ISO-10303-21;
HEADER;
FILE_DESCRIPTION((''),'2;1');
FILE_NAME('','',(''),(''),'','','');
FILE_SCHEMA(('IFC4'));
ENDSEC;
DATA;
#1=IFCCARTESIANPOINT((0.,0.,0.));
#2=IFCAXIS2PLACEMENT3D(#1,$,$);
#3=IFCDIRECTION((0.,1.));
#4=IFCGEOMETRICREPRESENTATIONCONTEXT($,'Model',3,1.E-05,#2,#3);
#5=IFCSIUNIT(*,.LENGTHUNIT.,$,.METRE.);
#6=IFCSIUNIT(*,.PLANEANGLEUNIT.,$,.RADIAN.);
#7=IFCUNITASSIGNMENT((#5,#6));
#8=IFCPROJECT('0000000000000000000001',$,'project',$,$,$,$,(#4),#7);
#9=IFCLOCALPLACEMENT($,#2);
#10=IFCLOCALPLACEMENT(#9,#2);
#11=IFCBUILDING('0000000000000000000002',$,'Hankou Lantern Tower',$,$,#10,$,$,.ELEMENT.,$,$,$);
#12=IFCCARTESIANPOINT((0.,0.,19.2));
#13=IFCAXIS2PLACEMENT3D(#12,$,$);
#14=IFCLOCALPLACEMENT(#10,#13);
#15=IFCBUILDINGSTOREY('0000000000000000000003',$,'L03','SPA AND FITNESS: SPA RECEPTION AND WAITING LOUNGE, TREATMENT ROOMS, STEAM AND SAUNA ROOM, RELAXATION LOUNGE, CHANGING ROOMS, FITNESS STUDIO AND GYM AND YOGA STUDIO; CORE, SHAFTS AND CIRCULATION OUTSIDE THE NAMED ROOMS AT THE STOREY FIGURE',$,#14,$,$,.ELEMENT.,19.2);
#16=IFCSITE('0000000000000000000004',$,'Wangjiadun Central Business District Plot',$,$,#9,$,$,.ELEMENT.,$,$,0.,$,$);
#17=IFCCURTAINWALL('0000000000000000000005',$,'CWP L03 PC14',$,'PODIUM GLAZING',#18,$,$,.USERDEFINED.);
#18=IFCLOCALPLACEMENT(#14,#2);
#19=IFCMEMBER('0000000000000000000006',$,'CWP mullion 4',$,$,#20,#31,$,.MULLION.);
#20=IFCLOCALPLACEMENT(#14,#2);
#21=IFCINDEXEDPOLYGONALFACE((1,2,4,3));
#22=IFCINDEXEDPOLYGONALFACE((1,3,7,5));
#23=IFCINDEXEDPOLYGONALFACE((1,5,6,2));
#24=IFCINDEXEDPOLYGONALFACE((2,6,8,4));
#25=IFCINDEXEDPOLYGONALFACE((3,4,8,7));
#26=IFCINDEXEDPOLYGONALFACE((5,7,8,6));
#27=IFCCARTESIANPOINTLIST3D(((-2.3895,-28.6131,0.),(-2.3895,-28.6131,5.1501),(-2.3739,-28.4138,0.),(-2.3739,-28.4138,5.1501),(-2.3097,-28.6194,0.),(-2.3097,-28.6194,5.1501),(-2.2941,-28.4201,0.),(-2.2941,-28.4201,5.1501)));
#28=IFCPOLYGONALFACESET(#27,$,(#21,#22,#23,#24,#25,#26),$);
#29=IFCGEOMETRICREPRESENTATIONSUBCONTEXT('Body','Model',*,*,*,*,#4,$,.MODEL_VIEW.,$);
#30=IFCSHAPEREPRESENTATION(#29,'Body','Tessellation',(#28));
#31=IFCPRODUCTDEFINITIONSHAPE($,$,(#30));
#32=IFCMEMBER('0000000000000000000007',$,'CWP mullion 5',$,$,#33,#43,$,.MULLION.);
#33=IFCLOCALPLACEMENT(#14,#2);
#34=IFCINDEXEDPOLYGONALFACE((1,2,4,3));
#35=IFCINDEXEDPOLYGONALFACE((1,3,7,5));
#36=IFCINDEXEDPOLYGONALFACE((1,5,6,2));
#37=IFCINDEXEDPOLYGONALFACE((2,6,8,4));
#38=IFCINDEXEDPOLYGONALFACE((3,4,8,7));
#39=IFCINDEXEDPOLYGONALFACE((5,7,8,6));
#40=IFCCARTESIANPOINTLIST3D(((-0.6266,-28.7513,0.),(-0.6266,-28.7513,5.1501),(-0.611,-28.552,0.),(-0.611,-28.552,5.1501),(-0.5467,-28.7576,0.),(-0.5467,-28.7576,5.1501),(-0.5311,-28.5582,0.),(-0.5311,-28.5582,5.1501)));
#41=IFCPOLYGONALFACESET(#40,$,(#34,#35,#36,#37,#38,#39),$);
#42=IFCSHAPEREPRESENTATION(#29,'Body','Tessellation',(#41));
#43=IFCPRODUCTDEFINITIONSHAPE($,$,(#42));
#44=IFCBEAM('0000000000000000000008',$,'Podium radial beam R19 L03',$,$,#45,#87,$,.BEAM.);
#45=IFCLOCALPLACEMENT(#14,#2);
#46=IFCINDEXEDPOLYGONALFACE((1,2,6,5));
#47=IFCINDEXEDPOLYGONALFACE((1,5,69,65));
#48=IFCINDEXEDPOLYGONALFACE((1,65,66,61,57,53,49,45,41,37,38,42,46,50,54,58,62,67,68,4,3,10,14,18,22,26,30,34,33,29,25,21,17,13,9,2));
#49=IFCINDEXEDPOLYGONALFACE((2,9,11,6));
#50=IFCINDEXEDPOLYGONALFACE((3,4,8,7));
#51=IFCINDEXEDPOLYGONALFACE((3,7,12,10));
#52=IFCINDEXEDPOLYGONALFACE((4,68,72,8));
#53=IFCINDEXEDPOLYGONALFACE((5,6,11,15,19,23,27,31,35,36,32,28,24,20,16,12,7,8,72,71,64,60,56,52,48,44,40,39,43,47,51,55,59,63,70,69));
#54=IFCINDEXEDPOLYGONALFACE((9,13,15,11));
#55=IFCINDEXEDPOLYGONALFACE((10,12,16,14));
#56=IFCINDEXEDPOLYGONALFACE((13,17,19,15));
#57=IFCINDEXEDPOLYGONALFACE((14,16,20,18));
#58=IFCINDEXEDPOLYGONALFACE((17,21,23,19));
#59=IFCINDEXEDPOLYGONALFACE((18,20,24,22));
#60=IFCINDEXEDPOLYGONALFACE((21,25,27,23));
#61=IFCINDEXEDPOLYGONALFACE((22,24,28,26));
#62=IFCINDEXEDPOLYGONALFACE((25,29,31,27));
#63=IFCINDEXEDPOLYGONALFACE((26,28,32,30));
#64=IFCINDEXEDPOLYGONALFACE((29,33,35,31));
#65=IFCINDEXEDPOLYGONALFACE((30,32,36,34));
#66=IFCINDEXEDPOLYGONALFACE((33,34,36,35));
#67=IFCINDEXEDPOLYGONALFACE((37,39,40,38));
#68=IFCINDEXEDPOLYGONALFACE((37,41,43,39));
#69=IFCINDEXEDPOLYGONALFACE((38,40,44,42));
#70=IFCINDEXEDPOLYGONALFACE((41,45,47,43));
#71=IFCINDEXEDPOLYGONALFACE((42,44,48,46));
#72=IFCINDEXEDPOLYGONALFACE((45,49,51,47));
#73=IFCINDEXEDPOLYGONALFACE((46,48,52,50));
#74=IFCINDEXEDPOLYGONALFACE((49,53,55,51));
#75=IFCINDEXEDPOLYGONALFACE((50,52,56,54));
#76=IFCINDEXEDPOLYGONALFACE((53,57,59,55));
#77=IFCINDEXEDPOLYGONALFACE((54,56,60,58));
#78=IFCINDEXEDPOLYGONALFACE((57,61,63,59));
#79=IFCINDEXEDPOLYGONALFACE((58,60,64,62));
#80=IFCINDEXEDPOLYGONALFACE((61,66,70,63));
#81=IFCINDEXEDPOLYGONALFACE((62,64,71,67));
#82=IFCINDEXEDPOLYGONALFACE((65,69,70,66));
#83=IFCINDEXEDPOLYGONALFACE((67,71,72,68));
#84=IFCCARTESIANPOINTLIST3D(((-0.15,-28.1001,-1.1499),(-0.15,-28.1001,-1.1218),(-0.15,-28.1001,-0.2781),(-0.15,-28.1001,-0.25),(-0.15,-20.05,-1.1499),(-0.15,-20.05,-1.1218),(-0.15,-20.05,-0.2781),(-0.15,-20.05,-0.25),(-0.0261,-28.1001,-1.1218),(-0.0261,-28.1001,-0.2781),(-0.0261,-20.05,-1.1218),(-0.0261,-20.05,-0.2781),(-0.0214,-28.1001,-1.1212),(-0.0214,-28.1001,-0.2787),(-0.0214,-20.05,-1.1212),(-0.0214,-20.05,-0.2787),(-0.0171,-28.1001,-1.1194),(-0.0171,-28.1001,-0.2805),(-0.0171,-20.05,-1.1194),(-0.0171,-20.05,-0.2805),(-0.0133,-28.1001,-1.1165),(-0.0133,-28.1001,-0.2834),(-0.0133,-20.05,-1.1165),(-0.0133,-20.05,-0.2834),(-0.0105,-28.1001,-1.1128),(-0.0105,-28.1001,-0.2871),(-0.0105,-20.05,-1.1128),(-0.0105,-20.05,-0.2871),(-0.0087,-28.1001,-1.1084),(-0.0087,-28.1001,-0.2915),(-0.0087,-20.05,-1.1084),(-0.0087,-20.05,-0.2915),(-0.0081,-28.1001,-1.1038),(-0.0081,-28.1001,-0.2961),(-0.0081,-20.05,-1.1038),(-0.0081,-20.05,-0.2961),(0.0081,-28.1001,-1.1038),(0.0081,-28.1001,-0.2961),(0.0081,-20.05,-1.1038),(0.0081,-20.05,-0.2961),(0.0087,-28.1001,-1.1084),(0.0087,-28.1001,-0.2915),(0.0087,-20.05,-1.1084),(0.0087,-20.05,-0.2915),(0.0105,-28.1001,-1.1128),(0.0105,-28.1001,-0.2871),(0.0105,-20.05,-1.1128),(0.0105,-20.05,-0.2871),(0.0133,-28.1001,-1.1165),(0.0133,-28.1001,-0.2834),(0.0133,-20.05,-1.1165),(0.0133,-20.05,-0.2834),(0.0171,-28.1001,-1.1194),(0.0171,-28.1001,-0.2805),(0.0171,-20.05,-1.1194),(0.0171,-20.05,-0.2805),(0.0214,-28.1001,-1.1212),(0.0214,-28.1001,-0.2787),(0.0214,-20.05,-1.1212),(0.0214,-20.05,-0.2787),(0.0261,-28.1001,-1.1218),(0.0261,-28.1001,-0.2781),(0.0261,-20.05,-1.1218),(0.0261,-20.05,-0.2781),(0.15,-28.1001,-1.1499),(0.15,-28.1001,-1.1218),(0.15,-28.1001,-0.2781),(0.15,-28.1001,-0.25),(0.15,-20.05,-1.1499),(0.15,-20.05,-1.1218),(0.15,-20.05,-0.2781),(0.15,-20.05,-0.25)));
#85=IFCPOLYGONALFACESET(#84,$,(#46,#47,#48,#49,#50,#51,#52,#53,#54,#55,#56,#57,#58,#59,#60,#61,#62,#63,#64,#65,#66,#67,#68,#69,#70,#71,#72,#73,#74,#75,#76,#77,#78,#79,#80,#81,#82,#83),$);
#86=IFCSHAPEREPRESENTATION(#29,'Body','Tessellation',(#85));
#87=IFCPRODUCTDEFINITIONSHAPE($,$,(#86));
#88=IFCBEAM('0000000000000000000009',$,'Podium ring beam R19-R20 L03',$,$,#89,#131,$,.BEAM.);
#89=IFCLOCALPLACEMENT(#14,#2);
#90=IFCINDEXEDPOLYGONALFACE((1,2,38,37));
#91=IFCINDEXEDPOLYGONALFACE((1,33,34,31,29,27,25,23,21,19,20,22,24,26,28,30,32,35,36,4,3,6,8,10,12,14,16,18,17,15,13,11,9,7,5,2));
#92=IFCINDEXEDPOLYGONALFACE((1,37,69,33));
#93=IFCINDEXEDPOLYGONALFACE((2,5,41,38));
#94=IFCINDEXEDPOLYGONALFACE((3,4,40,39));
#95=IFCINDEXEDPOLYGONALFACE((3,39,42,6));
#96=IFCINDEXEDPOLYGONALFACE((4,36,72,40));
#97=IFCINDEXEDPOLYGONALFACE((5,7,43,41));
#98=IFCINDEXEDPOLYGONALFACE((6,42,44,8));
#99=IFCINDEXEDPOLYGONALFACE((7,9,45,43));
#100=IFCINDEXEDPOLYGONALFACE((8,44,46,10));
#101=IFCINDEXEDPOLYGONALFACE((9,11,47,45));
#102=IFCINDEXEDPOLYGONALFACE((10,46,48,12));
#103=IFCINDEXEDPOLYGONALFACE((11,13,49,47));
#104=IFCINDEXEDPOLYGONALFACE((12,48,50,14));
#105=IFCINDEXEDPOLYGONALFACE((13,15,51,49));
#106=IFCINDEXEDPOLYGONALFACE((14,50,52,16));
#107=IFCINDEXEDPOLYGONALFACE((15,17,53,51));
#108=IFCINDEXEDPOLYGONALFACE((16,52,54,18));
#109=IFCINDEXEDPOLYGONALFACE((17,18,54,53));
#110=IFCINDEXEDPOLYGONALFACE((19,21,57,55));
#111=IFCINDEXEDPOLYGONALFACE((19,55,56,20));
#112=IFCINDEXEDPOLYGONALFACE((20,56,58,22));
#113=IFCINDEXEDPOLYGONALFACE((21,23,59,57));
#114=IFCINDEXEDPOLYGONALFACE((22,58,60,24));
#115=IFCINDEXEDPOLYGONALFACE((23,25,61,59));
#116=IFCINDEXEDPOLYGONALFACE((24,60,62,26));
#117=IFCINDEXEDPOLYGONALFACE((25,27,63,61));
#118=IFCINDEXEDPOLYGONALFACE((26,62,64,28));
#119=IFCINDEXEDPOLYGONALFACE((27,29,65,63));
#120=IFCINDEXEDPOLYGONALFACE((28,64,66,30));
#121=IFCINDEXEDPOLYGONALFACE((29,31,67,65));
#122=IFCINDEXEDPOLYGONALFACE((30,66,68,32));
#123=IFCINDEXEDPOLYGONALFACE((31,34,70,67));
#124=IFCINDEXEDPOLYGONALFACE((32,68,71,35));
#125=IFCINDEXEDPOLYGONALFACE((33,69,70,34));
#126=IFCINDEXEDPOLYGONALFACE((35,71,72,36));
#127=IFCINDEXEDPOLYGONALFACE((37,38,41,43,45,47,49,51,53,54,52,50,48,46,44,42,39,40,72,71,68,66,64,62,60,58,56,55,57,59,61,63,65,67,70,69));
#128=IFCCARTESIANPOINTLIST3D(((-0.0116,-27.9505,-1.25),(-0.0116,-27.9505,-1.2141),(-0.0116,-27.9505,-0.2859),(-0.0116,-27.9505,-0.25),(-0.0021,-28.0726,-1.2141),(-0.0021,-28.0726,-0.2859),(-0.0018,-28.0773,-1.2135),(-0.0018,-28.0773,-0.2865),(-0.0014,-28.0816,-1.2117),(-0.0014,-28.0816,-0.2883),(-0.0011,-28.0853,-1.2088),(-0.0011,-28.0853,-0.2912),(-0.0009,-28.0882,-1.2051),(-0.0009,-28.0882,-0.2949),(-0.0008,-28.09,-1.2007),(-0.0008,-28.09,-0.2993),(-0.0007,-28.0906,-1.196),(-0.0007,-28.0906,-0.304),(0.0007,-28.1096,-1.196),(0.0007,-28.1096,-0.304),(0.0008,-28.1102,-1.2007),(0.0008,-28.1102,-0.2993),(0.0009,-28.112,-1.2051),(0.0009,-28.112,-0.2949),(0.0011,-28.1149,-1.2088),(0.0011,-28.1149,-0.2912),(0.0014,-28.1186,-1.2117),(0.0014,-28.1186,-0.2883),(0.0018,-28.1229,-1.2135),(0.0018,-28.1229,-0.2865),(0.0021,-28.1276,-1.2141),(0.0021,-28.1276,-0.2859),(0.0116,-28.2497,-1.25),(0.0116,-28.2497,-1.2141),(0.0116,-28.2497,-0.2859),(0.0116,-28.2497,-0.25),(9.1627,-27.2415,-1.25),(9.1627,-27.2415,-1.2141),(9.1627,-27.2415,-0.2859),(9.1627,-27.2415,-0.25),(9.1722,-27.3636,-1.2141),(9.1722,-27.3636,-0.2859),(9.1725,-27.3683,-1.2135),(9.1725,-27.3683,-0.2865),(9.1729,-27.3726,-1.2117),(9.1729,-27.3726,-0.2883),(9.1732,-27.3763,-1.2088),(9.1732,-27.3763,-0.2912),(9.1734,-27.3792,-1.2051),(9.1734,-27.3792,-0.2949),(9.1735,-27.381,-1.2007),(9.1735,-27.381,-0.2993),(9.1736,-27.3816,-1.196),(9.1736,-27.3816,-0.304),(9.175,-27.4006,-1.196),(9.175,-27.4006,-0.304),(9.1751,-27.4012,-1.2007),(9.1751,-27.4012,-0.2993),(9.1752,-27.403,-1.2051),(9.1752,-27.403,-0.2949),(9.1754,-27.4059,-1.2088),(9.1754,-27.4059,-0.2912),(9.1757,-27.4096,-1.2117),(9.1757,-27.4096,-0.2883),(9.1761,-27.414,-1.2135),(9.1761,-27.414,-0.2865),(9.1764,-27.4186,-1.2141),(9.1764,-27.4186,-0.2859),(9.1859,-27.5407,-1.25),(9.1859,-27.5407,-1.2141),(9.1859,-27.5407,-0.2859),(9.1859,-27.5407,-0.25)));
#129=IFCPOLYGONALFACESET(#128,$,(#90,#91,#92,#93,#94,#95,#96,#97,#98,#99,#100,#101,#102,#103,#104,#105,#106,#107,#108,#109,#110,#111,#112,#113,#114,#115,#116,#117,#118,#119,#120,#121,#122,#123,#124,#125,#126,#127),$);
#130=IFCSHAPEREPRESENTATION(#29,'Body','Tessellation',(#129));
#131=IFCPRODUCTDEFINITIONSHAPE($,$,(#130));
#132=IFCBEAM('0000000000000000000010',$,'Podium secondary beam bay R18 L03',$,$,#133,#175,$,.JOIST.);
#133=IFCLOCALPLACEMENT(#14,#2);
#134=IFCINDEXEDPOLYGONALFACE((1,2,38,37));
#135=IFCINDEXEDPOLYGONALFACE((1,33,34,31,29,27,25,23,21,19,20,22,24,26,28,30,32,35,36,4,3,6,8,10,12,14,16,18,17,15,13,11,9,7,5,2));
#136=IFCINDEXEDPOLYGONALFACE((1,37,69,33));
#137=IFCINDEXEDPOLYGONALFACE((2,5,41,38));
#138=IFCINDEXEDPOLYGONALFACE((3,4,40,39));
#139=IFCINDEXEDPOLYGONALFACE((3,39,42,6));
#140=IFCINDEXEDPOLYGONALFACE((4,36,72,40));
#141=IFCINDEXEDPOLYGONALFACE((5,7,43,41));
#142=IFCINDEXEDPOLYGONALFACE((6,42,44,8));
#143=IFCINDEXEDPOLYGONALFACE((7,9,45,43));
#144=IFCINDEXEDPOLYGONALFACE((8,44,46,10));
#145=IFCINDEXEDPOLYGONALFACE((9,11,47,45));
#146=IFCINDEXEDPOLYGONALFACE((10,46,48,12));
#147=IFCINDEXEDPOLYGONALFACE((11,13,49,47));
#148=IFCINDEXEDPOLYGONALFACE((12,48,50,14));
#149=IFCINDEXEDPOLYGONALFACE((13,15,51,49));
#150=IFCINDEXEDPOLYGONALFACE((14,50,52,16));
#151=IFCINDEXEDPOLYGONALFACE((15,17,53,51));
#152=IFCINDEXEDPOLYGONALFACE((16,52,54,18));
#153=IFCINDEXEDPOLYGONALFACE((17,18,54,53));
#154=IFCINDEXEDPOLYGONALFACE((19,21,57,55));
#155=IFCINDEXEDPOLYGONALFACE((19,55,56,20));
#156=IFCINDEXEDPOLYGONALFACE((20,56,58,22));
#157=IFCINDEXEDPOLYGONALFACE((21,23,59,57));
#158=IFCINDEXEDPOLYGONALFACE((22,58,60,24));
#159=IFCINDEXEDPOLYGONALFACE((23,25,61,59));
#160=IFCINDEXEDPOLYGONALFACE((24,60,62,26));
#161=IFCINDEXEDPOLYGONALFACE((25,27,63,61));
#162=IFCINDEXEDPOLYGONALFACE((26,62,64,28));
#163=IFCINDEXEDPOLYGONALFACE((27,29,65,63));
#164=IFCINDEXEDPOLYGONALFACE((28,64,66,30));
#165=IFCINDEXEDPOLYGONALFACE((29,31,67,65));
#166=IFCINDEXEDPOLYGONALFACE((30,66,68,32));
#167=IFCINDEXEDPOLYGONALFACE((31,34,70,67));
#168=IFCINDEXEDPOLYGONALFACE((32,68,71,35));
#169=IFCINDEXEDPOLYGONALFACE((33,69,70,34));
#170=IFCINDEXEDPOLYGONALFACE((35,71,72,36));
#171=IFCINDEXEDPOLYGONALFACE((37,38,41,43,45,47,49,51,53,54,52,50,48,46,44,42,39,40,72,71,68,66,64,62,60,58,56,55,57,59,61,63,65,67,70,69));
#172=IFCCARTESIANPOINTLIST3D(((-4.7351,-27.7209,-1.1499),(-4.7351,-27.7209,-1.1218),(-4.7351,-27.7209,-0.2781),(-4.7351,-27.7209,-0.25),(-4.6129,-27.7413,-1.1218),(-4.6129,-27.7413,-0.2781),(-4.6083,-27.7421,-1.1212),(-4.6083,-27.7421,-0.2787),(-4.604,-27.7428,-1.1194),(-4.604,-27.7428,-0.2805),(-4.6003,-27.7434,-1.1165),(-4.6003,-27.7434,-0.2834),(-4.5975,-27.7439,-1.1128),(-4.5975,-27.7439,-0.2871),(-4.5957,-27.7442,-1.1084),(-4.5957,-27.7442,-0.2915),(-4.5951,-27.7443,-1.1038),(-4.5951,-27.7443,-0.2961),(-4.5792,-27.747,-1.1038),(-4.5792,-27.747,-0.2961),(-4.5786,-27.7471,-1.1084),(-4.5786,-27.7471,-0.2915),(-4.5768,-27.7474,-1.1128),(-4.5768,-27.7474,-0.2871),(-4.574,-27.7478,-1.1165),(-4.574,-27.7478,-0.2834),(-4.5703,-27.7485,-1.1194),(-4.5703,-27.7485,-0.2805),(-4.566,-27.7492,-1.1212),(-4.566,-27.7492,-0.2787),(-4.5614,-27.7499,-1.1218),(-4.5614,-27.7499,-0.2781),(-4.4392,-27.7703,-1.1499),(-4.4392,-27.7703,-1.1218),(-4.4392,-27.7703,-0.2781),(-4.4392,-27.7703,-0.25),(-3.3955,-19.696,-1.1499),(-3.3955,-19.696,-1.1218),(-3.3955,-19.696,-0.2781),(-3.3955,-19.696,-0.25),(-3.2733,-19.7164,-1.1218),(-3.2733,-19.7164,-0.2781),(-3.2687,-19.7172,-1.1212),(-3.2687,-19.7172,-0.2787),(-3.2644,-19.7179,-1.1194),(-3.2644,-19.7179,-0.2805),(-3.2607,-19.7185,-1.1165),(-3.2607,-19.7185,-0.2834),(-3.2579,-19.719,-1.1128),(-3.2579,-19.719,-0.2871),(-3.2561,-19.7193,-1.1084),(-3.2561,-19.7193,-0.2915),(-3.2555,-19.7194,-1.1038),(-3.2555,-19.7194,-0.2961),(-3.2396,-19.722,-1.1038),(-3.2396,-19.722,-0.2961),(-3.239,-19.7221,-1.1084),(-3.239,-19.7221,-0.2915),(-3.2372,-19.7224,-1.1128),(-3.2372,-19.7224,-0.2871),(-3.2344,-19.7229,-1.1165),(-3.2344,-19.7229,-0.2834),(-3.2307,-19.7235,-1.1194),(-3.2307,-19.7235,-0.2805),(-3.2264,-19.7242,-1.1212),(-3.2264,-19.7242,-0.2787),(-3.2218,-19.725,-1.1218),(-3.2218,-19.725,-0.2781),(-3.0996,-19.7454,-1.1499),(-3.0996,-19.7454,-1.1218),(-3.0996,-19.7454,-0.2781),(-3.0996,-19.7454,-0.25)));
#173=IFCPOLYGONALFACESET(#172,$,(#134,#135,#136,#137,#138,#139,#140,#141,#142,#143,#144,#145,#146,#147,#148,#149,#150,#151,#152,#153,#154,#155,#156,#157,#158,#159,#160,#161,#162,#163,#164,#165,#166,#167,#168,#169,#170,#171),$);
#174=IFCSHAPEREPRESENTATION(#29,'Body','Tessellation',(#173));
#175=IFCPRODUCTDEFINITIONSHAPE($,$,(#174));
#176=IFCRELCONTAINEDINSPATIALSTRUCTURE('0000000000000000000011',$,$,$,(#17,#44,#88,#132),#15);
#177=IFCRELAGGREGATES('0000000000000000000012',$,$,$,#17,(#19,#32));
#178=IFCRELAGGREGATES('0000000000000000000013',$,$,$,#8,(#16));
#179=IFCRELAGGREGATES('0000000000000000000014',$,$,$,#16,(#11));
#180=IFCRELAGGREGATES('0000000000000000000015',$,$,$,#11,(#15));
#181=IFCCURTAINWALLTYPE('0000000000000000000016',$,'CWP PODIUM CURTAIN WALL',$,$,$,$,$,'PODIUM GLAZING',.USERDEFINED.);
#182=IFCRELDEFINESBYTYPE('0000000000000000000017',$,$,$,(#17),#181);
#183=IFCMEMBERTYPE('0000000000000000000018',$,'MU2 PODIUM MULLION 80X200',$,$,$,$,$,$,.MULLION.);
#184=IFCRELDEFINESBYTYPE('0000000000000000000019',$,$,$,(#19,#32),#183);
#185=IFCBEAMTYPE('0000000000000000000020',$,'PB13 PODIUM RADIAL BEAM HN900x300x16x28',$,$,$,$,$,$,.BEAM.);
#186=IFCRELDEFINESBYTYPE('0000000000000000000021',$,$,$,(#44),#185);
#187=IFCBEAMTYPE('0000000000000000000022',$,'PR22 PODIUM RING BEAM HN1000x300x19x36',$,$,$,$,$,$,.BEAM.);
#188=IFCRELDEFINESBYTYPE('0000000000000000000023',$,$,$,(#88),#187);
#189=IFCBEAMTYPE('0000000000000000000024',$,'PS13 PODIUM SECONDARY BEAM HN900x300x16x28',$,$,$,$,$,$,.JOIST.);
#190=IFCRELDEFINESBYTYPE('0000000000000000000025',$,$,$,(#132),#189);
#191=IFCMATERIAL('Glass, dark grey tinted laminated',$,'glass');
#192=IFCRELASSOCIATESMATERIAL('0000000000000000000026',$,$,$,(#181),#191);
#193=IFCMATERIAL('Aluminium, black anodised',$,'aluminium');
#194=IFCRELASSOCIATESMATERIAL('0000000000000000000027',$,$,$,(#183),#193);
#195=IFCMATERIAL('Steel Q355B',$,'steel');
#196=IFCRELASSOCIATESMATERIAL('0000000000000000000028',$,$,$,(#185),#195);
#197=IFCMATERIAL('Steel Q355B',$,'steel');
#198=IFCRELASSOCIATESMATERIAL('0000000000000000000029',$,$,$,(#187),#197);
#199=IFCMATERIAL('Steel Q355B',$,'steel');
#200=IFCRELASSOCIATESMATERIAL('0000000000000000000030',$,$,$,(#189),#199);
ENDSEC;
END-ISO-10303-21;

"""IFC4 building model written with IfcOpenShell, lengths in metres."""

from ifc_helpers import new_model, si_unit, direction, frame, origin, origin_2d, place, context, subcontext, project, spatial, rectangle, i_section, extrude, material, material_profile, profile_set, type_object, element, aggregate, save


model = new_model("IFC4")

# Units and contexts
model_context = context("Model", 3, precision=1e-05, world=origin(), true_north=direction((0.0, 1.0)))
body_context = subcontext(model_context, "Body", "Model", "MODEL_VIEW")
ifc_project = project(units=[si_unit("LENGTHUNIT", "METRE"), si_unit("PLANEANGLEUNIT", "RADIAN")], contexts=[model_context])

# Site, building, storey
site_placement = place(None, origin())
site = spatial("IfcSite", under=ifc_project, at=site_placement, Name="Wangjiadun Central Business District Plot", CompositionType="ELEMENT", RefElevation=0.0)
building_placement = place(site_placement, origin())
building = spatial("IfcBuilding", under=site, at=building_placement, Name="Hankou Lantern Tower", CompositionType="ELEMENT")
storey_placement = place(building_placement, frame((0.0, 0.0, 19.2)))
storey = spatial("IfcBuildingStorey", under=building, at=storey_placement, Name="L03", Description="SPA AND FITNESS: SPA RECEPTION AND WAITING LOUNGE, TREATMENT ROOMS, STEAM AND SAUNA ROOM, RELAXATION LOUNGE, CHANGING ROOMS, FITNESS STUDIO AND GYM AND YOGA STUDIO; CORE, SHAFTS AND CIRCULATION OUTSIDE THE NAMED ROOMS AT THE STOREY FIGURE", CompositionType="ELEMENT", Elevation=19.2)

# Curtain wall, members
ifc_material_1 = material(Name="Glass, dark grey tinted laminated", Category="glass")
curtain_wall_type = type_object("IfcCurtainWallType", Name="CWP PODIUM CURTAIN WALL", ElementType="PODIUM GLAZING", PredefinedType="USERDEFINED", material=ifc_material_1)
curtain_wall_placement = place(storey_placement, origin())
curtain_wall = element("IfcCurtainWall", 1, at=curtain_wall_placement, inside=storey, type_object=curtain_wall_type, Name="CWP L03 PC14", ObjectType="PODIUM GLAZING", PredefinedType="USERDEFINED")
ifc_material_2 = material(Name="Aluminium, black anodised", Category="aluminium")
ifc_material_profile_1 = material_profile(ifc_material_2, rectangle(XDim=0.0801, YDim=0.2, at=origin_2d()), Name="MU2 80X200")
ifc_profile_set_1 = profile_set([ifc_material_profile_1], Name="Aluminium, black anodised")
member_type_1 = type_object("IfcMemberType", Name="MU2 PODIUM MULLION 80X200", PredefinedType="MULLION", material=ifc_profile_set_1)
member_1_placement = place(storey_placement, frame((-2.3418, -28.5166, 0.0), z_axis=(0.0, 0.0, 1.0), x_axis=(0.996949, -0.078062, 0.0)))
member_1 = element("IfcMember", 2, at=member_1_placement, type_object=member_type_1, Name="CWP mullion 4", PredefinedType="MULLION", context=body_context, shape_type="SweptSolid", body=[
    extrude(rectangle(XDim=0.0801, YDim=0.2, at=origin_2d()), origin(), (0.0, 0.0, 1.0), 5.1501),
])
member_2_placement = place(storey_placement, frame((-0.5789, -28.6548, 0.0), z_axis=(0.0, 0.0, 1.0), x_axis=(0.996949, -0.078062, 0.0)))
member_2 = element("IfcMember", 3, at=member_2_placement, type_object=member_type_1, Name="CWP mullion 5", PredefinedType="MULLION", context=body_context, shape_type="SweptSolid", body=[
    extrude(rectangle(XDim=0.0801, YDim=0.2, at=origin_2d()), origin(), (0.0, 0.0, 1.0), 5.1501),
])

# Beams
ifc_material_3 = material(Name="Steel Q355B", Category="steel")
ifc_material_profile_2 = material_profile(ifc_material_3, i_section(OverallWidth=0.3, OverallDepth=0.8999, WebThickness=0.0161, FlangeThickness=0.0281, FilletRadius=0.0181, at=origin_2d()), Name="HN900x300x16x28")
ifc_profile_set_2 = profile_set([ifc_material_profile_2], Name="Steel Q355B")
beam_type_1 = type_object("IfcBeamType", Name="PB13 PODIUM RADIAL BEAM HN900x300x16x28", PredefinedType="BEAM", material=ifc_profile_set_2)
beam_1_placement = place(storey_placement, frame((0.0, -20.05, -0.7), z_axis=(0.0, -1.0, 0.0), x_axis=(1.0, 0.0, 0.0)))
element("IfcBeam", 4, at=beam_1_placement, inside=storey, type_object=beam_type_1, Name="Podium radial beam R19 L03", PredefinedType="BEAM", context=body_context, shape_type="SweptSolid", body=[
    extrude(i_section(OverallWidth=0.3, OverallDepth=0.8999, WebThickness=0.0161, FlangeThickness=0.0281, FilletRadius=0.0181, at=origin_2d()), origin(), (0.0, 0.0, 1.0), 8.05),
])
ifc_material_4 = material(Name="Steel Q355B", Category="steel")
ifc_material_profile_3 = material_profile(ifc_material_4, i_section(OverallWidth=0.3, OverallDepth=1.0, WebThickness=0.019, FlangeThickness=0.0359, FilletRadius=0.0181, at=origin_2d()), Name="HN1000x300x19x36")
ifc_profile_set_3 = profile_set([ifc_material_profile_3], Name="Steel Q355B")
beam_type_2 = type_object("IfcBeamType", Name="PR22 PODIUM RING BEAM HN1000x300x19x36", PredefinedType="BEAM", material=ifc_profile_set_3)
beam_2_placement = place(storey_placement, frame((0.0, -28.1001, -0.75), z_axis=(0.997027, 0.07705, 0.0), x_axis=(-0.07705, 0.997027, 0.0)))
element("IfcBeam", 5, at=beam_2_placement, inside=storey, type_object=beam_type_2, Name="Podium ring beam R19-R20 L03", PredefinedType="BEAM", context=body_context, shape_type="SweptSolid", body=[
    extrude(i_section(OverallWidth=0.3, OverallDepth=1.0, WebThickness=0.019, FlangeThickness=0.0359, FilletRadius=0.0181, at=origin_2d()), origin(), (0.0, 0.0, 1.0), 9.2017),
])
ifc_material_5 = material(Name="Steel Q355B", Category="steel")
ifc_material_profile_4 = material_profile(ifc_material_5, i_section(OverallWidth=0.3, OverallDepth=0.8999, WebThickness=0.0161, FlangeThickness=0.0281, FilletRadius=0.0181, at=origin_2d()), Name="HN900x300x16x28")
ifc_profile_set_4 = profile_set([ifc_material_profile_4], Name="Steel Q355B")
beam_type_3 = type_object("IfcBeamType", Name="PS13 PODIUM SECONDARY BEAM HN900x300x16x28", PredefinedType="JOIST", material=ifc_profile_set_4)
beam_3_placement = place(storey_placement, frame((-3.2476, -19.7207, -0.7), z_axis=(-0.164652, -0.986352, 0.0), x_axis=(0.986352, -0.164652, 0.0)))
element("IfcBeam", 6, at=beam_3_placement, inside=storey, type_object=beam_type_3, Name="Podium secondary beam bay R18 L03", PredefinedType="JOIST", context=body_context, shape_type="SweptSolid", body=[
    extrude(i_section(OverallWidth=0.3, OverallDepth=0.8999, WebThickness=0.0161, FlangeThickness=0.0281, FilletRadius=0.0181, at=origin_2d()), origin(), (0.0, 0.0, 1.0), 8.136),
])

aggregate(curtain_wall, [member_1, member_2])

save(model, "model.ifc")
